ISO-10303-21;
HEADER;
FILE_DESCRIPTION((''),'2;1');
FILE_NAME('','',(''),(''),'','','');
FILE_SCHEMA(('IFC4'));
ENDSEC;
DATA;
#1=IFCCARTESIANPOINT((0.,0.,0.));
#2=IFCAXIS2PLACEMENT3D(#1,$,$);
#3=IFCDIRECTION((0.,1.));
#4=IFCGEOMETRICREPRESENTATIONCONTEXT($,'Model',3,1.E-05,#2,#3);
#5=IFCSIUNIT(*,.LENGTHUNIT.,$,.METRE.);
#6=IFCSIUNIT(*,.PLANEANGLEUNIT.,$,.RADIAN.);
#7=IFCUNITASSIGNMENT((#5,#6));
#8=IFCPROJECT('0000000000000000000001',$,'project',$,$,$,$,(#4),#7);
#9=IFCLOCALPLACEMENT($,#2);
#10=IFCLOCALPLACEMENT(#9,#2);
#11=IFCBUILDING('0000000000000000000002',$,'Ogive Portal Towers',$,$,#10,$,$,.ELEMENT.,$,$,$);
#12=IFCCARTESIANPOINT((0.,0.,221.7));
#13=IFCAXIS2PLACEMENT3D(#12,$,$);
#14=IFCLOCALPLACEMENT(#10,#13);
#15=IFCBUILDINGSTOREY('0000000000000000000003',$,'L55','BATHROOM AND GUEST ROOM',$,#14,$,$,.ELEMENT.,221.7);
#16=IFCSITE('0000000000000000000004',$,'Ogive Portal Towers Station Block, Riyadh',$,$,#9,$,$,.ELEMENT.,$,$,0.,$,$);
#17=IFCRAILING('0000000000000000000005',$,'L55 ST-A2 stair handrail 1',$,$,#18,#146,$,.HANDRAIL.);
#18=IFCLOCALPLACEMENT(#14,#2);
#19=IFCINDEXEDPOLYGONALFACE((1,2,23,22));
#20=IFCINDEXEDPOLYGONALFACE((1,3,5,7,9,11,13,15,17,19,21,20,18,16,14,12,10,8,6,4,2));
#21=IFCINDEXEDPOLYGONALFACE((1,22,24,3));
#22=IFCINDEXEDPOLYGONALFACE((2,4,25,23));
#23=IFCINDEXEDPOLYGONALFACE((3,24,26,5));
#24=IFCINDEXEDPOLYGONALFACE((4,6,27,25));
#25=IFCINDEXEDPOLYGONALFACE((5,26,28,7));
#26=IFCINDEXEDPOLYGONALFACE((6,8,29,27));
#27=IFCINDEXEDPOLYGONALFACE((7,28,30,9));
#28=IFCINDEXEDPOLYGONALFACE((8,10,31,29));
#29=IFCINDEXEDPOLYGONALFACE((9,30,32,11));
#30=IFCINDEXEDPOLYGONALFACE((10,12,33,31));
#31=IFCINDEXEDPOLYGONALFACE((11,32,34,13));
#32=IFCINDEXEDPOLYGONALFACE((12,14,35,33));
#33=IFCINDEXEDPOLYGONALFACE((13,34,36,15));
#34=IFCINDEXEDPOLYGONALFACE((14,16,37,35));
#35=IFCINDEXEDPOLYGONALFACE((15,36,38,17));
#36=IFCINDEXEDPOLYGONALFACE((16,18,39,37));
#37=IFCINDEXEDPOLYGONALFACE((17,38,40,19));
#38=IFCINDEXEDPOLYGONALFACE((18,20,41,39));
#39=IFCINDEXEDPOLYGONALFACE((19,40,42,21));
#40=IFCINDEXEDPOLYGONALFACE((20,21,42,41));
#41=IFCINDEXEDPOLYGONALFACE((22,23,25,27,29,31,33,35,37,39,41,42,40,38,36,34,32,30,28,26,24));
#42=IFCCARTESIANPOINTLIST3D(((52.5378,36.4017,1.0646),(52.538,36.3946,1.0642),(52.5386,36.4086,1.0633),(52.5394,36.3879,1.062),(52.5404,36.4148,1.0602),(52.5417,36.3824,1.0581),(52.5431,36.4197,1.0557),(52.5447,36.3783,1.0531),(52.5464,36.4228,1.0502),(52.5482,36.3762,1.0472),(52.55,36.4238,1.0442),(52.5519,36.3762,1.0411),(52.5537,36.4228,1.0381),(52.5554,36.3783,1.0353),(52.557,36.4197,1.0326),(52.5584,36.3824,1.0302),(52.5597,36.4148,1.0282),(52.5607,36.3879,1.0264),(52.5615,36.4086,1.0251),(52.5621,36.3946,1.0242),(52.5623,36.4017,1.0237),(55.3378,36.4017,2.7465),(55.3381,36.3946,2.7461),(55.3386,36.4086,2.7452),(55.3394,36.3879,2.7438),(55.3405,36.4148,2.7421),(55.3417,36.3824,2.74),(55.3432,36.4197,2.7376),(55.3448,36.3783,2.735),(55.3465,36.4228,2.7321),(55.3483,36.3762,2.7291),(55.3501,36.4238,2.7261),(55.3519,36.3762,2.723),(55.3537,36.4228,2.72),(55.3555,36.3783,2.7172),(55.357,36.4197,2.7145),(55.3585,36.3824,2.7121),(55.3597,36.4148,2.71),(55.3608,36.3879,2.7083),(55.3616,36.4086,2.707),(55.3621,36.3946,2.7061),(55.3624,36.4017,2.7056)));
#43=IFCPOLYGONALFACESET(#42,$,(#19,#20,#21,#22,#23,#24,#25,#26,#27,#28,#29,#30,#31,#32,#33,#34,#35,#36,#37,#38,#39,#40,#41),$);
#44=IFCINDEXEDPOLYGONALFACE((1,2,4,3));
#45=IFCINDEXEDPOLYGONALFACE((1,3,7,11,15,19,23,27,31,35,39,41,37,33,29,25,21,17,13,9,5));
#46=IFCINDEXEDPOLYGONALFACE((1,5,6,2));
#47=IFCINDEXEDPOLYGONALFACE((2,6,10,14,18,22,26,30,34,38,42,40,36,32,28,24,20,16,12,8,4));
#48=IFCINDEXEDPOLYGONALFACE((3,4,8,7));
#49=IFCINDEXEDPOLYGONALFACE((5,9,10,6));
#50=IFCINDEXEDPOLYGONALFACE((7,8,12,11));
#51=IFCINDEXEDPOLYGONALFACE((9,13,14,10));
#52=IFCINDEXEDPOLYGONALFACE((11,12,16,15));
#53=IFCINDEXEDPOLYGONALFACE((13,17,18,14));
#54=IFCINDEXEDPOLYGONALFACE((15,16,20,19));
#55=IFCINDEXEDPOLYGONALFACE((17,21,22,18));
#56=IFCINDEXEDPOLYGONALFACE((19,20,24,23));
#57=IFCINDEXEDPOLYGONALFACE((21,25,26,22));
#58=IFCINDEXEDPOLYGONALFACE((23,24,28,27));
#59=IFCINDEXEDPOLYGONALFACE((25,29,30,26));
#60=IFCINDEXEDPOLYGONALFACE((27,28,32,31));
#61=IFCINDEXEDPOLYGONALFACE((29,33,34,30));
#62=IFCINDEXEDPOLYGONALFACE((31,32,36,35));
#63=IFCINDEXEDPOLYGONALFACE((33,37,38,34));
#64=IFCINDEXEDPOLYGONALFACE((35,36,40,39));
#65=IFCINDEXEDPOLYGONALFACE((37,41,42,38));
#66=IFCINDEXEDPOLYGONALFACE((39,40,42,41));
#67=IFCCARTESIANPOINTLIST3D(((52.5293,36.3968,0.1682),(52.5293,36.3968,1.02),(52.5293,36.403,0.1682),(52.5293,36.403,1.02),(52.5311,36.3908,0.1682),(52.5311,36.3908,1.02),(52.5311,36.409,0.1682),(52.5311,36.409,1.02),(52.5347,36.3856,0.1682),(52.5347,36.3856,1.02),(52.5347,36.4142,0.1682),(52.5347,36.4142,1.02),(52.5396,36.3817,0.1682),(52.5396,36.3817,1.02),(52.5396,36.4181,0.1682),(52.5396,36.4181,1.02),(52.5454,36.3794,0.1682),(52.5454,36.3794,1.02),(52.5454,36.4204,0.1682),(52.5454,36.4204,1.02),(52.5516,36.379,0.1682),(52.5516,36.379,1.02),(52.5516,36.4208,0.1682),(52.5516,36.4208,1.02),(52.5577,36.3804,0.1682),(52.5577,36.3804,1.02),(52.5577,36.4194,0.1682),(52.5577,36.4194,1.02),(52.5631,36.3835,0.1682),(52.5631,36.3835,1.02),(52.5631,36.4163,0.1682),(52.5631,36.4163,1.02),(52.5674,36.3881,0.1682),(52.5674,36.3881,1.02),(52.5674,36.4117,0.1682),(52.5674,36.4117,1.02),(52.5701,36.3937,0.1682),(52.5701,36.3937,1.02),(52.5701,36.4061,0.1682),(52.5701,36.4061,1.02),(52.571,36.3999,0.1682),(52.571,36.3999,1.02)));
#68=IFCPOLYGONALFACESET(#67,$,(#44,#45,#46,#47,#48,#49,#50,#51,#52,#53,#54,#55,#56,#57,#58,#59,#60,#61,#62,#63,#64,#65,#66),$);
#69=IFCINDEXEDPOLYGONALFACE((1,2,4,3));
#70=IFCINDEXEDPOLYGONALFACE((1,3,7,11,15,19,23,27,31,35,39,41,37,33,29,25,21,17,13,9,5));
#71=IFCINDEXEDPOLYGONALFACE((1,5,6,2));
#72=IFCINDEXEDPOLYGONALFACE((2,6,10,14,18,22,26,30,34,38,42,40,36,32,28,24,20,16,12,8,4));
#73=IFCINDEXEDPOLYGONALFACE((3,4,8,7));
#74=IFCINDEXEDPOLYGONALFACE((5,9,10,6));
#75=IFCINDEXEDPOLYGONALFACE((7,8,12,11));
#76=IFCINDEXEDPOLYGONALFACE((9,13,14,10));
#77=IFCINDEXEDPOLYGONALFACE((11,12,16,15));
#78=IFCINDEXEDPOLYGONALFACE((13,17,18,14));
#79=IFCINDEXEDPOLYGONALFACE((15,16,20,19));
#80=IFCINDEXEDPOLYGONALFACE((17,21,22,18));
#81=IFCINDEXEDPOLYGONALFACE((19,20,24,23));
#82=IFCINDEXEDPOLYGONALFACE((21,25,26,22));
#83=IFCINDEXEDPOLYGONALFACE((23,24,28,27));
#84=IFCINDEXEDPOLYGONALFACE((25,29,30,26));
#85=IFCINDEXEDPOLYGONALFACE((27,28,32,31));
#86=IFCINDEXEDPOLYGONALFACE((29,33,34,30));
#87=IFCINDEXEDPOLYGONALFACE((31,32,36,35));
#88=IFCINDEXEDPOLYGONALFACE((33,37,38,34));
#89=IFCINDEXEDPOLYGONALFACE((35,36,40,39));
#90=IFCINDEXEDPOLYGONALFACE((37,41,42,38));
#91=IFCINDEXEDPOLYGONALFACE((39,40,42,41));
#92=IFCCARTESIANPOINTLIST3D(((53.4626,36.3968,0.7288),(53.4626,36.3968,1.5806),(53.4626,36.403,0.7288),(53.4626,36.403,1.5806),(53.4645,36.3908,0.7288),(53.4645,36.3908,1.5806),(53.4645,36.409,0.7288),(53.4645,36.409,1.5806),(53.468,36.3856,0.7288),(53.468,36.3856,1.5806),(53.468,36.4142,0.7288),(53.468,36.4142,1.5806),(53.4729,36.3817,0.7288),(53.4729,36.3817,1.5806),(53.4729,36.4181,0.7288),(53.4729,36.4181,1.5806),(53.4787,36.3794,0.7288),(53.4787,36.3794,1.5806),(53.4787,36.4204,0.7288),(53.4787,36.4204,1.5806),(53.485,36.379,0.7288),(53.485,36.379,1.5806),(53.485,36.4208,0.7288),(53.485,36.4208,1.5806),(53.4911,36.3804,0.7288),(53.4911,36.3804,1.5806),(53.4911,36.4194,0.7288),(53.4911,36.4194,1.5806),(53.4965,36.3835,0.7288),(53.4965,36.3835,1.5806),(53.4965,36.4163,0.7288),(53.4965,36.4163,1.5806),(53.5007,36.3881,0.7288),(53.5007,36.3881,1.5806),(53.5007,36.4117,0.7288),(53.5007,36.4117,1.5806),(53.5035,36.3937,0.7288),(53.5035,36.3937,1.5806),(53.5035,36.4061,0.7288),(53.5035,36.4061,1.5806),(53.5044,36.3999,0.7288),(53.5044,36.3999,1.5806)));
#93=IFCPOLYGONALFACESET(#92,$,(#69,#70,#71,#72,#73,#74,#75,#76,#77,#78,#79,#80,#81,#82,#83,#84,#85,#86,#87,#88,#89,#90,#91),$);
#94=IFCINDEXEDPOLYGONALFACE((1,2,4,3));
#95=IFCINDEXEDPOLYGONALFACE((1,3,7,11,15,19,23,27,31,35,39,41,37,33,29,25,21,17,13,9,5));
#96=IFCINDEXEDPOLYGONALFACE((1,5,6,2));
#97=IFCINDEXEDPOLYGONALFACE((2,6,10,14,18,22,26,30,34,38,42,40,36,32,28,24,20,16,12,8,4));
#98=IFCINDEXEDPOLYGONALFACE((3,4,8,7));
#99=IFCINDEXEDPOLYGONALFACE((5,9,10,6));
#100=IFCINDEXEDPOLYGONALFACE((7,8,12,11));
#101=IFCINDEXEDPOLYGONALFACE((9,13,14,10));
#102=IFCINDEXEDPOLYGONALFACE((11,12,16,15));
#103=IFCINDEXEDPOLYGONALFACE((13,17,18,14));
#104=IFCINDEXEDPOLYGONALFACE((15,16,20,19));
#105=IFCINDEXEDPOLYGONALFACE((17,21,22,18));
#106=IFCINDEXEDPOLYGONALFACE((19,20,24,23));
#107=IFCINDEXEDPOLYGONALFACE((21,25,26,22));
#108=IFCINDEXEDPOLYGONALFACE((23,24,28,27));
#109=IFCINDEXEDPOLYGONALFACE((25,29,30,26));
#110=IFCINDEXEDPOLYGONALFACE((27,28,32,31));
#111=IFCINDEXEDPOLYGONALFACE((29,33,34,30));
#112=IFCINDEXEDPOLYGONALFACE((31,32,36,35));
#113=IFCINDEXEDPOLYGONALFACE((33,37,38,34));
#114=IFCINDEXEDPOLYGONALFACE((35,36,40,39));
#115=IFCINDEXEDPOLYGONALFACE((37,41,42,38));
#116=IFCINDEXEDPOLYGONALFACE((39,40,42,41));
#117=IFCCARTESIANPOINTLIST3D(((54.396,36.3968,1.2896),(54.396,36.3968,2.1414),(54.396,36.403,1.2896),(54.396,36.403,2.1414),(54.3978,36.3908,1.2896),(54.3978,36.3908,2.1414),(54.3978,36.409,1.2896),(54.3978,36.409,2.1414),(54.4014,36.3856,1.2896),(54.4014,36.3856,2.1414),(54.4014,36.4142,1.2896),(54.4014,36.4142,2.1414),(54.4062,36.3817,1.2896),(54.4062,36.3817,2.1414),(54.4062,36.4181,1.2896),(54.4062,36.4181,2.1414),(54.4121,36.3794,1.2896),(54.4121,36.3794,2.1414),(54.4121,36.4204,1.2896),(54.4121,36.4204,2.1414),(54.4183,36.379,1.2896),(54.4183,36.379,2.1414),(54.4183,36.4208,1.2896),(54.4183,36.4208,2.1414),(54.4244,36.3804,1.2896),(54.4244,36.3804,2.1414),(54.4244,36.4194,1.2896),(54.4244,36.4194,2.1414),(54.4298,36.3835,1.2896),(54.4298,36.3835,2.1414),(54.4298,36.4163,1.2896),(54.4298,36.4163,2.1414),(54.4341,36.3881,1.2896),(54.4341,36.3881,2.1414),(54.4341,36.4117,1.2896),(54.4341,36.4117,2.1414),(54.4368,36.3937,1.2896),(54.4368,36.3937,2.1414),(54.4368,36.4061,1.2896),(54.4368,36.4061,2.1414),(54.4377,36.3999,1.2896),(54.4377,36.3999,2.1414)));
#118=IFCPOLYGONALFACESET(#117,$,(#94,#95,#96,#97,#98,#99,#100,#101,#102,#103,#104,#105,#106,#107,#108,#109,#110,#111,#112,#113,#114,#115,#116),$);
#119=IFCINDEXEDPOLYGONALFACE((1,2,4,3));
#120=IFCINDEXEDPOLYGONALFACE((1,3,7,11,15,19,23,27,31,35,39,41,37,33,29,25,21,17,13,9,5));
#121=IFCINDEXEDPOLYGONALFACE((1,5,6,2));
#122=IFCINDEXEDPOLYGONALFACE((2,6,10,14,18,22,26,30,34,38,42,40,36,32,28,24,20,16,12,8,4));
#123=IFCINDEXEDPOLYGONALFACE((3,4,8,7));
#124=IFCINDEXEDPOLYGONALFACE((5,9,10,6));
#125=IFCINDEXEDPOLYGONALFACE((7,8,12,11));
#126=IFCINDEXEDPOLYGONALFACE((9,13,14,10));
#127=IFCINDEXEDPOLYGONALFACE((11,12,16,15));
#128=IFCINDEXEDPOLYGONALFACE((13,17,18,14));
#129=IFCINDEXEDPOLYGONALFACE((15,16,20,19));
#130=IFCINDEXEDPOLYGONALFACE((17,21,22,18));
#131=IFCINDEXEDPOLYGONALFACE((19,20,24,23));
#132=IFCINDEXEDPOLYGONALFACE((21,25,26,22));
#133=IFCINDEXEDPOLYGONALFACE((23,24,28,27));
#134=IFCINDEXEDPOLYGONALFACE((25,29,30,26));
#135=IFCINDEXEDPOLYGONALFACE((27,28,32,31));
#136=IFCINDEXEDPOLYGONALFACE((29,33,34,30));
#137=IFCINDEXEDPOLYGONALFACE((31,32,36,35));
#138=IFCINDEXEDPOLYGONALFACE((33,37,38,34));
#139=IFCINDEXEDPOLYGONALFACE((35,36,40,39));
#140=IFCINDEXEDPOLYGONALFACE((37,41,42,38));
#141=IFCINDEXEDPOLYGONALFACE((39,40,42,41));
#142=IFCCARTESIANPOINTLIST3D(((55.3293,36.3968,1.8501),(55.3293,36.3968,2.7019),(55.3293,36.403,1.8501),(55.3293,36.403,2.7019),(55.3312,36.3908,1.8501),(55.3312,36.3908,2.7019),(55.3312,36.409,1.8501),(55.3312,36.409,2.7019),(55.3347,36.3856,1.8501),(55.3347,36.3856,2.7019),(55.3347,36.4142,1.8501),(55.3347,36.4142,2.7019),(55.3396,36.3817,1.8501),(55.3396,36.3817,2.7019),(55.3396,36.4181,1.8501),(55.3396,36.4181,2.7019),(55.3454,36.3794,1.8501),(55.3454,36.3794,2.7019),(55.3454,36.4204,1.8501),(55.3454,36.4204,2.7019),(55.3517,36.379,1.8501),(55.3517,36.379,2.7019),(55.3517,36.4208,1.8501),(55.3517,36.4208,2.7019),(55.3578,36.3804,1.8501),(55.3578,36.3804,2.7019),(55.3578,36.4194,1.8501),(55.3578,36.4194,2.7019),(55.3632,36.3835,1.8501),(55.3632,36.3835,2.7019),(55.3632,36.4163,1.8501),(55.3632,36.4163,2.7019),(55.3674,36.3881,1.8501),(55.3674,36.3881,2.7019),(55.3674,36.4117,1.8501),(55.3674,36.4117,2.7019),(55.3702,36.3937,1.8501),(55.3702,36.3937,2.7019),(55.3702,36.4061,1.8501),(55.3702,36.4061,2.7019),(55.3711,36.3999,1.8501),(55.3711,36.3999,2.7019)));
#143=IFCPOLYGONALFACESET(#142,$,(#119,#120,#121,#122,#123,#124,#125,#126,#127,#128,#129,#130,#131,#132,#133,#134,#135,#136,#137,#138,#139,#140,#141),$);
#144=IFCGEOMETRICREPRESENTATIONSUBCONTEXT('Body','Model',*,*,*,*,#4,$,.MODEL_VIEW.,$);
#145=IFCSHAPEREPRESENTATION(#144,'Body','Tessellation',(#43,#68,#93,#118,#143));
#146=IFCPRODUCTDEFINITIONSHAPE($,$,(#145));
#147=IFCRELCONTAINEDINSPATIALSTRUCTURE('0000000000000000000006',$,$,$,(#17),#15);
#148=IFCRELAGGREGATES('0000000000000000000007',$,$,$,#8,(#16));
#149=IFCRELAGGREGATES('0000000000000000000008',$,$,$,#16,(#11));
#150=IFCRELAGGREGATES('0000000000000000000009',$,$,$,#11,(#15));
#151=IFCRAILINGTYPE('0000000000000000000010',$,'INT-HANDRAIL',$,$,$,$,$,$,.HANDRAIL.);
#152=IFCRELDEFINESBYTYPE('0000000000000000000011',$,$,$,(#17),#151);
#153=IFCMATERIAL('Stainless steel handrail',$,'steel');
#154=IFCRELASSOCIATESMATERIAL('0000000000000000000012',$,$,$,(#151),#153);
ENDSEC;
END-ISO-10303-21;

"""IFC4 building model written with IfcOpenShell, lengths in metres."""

from ifc_helpers import new_model, si_unit, direction, frame, origin, origin_2d, place, context, subcontext, project, spatial, circle, extrude, material, type_object, element, save


model = new_model("IFC4")

# Units and contexts
model_context = context("Model", 3, precision=1e-05, world=origin(), true_north=direction((0.0, 1.0)))
body_context = subcontext(model_context, "Body", "Model", "MODEL_VIEW")
ifc_project = project(units=[si_unit("LENGTHUNIT", "METRE"), si_unit("PLANEANGLEUNIT", "RADIAN")], contexts=[model_context])

# Site, building, storey
site_placement = place(None, origin())
site = spatial("IfcSite", under=ifc_project, at=site_placement, Name="Ogive Portal Towers Station Block, Riyadh", CompositionType="ELEMENT", RefElevation=0.0)
building_placement = place(site_placement, origin())
building = spatial("IfcBuilding", under=site, at=building_placement, Name="Ogive Portal Towers", CompositionType="ELEMENT")
storey_placement = place(building_placement, frame((0.0, 0.0, 221.7)))
storey = spatial("IfcBuildingStorey", under=building, at=storey_placement, Name="L55", Description="BATHROOM AND GUEST ROOM", CompositionType="ELEMENT", Elevation=221.7)

# Railing
ifc_material_1 = material(Name="Stainless steel handrail", Category="steel")
railing_type_1 = type_object("IfcRailingType", Name="INT-HANDRAIL", PredefinedType="HANDRAIL", material=ifc_material_1)
railing_1_placement = place(storey_placement, frame((52.55, 36.3999, 0.1682)))
element("IfcRailing", 1, at=railing_1_placement, inside=storey, type_object=railing_type_1, Name="L55 ST-A2 stair handrail 1", PredefinedType="HANDRAIL", context=body_context, shape_type="SweptSolid", body=[
    extrude(circle(Radius=0.0239, at=origin_2d()), frame((0.0, 0.0, 0.876), z_axis=(0.857242, 0.0, 0.514913), x_axis=(0.0, 1.0, 0.0)), (0.0, 0.0, 1.0), 3.2664),
    extrude(circle(Radius=0.021, at=origin_2d()), origin(), (0.0, 0.0, 1.0), 0.8518),
    extrude(circle(Radius=0.021, at=origin_2d()), frame((0.9333, 0.0, 0.5605)), (0.0, 0.0, 1.0), 0.8518),
    extrude(circle(Radius=0.021, at=origin_2d()), frame((1.8667, 0.0, 1.1213)), (0.0, 0.0, 1.0), 0.8518),
    extrude(circle(Radius=0.021, at=origin_2d()), frame((2.8, 0.0, 1.6819)), (0.0, 0.0, 1.0), 0.8518),
])

save(model, "model.ifc")
